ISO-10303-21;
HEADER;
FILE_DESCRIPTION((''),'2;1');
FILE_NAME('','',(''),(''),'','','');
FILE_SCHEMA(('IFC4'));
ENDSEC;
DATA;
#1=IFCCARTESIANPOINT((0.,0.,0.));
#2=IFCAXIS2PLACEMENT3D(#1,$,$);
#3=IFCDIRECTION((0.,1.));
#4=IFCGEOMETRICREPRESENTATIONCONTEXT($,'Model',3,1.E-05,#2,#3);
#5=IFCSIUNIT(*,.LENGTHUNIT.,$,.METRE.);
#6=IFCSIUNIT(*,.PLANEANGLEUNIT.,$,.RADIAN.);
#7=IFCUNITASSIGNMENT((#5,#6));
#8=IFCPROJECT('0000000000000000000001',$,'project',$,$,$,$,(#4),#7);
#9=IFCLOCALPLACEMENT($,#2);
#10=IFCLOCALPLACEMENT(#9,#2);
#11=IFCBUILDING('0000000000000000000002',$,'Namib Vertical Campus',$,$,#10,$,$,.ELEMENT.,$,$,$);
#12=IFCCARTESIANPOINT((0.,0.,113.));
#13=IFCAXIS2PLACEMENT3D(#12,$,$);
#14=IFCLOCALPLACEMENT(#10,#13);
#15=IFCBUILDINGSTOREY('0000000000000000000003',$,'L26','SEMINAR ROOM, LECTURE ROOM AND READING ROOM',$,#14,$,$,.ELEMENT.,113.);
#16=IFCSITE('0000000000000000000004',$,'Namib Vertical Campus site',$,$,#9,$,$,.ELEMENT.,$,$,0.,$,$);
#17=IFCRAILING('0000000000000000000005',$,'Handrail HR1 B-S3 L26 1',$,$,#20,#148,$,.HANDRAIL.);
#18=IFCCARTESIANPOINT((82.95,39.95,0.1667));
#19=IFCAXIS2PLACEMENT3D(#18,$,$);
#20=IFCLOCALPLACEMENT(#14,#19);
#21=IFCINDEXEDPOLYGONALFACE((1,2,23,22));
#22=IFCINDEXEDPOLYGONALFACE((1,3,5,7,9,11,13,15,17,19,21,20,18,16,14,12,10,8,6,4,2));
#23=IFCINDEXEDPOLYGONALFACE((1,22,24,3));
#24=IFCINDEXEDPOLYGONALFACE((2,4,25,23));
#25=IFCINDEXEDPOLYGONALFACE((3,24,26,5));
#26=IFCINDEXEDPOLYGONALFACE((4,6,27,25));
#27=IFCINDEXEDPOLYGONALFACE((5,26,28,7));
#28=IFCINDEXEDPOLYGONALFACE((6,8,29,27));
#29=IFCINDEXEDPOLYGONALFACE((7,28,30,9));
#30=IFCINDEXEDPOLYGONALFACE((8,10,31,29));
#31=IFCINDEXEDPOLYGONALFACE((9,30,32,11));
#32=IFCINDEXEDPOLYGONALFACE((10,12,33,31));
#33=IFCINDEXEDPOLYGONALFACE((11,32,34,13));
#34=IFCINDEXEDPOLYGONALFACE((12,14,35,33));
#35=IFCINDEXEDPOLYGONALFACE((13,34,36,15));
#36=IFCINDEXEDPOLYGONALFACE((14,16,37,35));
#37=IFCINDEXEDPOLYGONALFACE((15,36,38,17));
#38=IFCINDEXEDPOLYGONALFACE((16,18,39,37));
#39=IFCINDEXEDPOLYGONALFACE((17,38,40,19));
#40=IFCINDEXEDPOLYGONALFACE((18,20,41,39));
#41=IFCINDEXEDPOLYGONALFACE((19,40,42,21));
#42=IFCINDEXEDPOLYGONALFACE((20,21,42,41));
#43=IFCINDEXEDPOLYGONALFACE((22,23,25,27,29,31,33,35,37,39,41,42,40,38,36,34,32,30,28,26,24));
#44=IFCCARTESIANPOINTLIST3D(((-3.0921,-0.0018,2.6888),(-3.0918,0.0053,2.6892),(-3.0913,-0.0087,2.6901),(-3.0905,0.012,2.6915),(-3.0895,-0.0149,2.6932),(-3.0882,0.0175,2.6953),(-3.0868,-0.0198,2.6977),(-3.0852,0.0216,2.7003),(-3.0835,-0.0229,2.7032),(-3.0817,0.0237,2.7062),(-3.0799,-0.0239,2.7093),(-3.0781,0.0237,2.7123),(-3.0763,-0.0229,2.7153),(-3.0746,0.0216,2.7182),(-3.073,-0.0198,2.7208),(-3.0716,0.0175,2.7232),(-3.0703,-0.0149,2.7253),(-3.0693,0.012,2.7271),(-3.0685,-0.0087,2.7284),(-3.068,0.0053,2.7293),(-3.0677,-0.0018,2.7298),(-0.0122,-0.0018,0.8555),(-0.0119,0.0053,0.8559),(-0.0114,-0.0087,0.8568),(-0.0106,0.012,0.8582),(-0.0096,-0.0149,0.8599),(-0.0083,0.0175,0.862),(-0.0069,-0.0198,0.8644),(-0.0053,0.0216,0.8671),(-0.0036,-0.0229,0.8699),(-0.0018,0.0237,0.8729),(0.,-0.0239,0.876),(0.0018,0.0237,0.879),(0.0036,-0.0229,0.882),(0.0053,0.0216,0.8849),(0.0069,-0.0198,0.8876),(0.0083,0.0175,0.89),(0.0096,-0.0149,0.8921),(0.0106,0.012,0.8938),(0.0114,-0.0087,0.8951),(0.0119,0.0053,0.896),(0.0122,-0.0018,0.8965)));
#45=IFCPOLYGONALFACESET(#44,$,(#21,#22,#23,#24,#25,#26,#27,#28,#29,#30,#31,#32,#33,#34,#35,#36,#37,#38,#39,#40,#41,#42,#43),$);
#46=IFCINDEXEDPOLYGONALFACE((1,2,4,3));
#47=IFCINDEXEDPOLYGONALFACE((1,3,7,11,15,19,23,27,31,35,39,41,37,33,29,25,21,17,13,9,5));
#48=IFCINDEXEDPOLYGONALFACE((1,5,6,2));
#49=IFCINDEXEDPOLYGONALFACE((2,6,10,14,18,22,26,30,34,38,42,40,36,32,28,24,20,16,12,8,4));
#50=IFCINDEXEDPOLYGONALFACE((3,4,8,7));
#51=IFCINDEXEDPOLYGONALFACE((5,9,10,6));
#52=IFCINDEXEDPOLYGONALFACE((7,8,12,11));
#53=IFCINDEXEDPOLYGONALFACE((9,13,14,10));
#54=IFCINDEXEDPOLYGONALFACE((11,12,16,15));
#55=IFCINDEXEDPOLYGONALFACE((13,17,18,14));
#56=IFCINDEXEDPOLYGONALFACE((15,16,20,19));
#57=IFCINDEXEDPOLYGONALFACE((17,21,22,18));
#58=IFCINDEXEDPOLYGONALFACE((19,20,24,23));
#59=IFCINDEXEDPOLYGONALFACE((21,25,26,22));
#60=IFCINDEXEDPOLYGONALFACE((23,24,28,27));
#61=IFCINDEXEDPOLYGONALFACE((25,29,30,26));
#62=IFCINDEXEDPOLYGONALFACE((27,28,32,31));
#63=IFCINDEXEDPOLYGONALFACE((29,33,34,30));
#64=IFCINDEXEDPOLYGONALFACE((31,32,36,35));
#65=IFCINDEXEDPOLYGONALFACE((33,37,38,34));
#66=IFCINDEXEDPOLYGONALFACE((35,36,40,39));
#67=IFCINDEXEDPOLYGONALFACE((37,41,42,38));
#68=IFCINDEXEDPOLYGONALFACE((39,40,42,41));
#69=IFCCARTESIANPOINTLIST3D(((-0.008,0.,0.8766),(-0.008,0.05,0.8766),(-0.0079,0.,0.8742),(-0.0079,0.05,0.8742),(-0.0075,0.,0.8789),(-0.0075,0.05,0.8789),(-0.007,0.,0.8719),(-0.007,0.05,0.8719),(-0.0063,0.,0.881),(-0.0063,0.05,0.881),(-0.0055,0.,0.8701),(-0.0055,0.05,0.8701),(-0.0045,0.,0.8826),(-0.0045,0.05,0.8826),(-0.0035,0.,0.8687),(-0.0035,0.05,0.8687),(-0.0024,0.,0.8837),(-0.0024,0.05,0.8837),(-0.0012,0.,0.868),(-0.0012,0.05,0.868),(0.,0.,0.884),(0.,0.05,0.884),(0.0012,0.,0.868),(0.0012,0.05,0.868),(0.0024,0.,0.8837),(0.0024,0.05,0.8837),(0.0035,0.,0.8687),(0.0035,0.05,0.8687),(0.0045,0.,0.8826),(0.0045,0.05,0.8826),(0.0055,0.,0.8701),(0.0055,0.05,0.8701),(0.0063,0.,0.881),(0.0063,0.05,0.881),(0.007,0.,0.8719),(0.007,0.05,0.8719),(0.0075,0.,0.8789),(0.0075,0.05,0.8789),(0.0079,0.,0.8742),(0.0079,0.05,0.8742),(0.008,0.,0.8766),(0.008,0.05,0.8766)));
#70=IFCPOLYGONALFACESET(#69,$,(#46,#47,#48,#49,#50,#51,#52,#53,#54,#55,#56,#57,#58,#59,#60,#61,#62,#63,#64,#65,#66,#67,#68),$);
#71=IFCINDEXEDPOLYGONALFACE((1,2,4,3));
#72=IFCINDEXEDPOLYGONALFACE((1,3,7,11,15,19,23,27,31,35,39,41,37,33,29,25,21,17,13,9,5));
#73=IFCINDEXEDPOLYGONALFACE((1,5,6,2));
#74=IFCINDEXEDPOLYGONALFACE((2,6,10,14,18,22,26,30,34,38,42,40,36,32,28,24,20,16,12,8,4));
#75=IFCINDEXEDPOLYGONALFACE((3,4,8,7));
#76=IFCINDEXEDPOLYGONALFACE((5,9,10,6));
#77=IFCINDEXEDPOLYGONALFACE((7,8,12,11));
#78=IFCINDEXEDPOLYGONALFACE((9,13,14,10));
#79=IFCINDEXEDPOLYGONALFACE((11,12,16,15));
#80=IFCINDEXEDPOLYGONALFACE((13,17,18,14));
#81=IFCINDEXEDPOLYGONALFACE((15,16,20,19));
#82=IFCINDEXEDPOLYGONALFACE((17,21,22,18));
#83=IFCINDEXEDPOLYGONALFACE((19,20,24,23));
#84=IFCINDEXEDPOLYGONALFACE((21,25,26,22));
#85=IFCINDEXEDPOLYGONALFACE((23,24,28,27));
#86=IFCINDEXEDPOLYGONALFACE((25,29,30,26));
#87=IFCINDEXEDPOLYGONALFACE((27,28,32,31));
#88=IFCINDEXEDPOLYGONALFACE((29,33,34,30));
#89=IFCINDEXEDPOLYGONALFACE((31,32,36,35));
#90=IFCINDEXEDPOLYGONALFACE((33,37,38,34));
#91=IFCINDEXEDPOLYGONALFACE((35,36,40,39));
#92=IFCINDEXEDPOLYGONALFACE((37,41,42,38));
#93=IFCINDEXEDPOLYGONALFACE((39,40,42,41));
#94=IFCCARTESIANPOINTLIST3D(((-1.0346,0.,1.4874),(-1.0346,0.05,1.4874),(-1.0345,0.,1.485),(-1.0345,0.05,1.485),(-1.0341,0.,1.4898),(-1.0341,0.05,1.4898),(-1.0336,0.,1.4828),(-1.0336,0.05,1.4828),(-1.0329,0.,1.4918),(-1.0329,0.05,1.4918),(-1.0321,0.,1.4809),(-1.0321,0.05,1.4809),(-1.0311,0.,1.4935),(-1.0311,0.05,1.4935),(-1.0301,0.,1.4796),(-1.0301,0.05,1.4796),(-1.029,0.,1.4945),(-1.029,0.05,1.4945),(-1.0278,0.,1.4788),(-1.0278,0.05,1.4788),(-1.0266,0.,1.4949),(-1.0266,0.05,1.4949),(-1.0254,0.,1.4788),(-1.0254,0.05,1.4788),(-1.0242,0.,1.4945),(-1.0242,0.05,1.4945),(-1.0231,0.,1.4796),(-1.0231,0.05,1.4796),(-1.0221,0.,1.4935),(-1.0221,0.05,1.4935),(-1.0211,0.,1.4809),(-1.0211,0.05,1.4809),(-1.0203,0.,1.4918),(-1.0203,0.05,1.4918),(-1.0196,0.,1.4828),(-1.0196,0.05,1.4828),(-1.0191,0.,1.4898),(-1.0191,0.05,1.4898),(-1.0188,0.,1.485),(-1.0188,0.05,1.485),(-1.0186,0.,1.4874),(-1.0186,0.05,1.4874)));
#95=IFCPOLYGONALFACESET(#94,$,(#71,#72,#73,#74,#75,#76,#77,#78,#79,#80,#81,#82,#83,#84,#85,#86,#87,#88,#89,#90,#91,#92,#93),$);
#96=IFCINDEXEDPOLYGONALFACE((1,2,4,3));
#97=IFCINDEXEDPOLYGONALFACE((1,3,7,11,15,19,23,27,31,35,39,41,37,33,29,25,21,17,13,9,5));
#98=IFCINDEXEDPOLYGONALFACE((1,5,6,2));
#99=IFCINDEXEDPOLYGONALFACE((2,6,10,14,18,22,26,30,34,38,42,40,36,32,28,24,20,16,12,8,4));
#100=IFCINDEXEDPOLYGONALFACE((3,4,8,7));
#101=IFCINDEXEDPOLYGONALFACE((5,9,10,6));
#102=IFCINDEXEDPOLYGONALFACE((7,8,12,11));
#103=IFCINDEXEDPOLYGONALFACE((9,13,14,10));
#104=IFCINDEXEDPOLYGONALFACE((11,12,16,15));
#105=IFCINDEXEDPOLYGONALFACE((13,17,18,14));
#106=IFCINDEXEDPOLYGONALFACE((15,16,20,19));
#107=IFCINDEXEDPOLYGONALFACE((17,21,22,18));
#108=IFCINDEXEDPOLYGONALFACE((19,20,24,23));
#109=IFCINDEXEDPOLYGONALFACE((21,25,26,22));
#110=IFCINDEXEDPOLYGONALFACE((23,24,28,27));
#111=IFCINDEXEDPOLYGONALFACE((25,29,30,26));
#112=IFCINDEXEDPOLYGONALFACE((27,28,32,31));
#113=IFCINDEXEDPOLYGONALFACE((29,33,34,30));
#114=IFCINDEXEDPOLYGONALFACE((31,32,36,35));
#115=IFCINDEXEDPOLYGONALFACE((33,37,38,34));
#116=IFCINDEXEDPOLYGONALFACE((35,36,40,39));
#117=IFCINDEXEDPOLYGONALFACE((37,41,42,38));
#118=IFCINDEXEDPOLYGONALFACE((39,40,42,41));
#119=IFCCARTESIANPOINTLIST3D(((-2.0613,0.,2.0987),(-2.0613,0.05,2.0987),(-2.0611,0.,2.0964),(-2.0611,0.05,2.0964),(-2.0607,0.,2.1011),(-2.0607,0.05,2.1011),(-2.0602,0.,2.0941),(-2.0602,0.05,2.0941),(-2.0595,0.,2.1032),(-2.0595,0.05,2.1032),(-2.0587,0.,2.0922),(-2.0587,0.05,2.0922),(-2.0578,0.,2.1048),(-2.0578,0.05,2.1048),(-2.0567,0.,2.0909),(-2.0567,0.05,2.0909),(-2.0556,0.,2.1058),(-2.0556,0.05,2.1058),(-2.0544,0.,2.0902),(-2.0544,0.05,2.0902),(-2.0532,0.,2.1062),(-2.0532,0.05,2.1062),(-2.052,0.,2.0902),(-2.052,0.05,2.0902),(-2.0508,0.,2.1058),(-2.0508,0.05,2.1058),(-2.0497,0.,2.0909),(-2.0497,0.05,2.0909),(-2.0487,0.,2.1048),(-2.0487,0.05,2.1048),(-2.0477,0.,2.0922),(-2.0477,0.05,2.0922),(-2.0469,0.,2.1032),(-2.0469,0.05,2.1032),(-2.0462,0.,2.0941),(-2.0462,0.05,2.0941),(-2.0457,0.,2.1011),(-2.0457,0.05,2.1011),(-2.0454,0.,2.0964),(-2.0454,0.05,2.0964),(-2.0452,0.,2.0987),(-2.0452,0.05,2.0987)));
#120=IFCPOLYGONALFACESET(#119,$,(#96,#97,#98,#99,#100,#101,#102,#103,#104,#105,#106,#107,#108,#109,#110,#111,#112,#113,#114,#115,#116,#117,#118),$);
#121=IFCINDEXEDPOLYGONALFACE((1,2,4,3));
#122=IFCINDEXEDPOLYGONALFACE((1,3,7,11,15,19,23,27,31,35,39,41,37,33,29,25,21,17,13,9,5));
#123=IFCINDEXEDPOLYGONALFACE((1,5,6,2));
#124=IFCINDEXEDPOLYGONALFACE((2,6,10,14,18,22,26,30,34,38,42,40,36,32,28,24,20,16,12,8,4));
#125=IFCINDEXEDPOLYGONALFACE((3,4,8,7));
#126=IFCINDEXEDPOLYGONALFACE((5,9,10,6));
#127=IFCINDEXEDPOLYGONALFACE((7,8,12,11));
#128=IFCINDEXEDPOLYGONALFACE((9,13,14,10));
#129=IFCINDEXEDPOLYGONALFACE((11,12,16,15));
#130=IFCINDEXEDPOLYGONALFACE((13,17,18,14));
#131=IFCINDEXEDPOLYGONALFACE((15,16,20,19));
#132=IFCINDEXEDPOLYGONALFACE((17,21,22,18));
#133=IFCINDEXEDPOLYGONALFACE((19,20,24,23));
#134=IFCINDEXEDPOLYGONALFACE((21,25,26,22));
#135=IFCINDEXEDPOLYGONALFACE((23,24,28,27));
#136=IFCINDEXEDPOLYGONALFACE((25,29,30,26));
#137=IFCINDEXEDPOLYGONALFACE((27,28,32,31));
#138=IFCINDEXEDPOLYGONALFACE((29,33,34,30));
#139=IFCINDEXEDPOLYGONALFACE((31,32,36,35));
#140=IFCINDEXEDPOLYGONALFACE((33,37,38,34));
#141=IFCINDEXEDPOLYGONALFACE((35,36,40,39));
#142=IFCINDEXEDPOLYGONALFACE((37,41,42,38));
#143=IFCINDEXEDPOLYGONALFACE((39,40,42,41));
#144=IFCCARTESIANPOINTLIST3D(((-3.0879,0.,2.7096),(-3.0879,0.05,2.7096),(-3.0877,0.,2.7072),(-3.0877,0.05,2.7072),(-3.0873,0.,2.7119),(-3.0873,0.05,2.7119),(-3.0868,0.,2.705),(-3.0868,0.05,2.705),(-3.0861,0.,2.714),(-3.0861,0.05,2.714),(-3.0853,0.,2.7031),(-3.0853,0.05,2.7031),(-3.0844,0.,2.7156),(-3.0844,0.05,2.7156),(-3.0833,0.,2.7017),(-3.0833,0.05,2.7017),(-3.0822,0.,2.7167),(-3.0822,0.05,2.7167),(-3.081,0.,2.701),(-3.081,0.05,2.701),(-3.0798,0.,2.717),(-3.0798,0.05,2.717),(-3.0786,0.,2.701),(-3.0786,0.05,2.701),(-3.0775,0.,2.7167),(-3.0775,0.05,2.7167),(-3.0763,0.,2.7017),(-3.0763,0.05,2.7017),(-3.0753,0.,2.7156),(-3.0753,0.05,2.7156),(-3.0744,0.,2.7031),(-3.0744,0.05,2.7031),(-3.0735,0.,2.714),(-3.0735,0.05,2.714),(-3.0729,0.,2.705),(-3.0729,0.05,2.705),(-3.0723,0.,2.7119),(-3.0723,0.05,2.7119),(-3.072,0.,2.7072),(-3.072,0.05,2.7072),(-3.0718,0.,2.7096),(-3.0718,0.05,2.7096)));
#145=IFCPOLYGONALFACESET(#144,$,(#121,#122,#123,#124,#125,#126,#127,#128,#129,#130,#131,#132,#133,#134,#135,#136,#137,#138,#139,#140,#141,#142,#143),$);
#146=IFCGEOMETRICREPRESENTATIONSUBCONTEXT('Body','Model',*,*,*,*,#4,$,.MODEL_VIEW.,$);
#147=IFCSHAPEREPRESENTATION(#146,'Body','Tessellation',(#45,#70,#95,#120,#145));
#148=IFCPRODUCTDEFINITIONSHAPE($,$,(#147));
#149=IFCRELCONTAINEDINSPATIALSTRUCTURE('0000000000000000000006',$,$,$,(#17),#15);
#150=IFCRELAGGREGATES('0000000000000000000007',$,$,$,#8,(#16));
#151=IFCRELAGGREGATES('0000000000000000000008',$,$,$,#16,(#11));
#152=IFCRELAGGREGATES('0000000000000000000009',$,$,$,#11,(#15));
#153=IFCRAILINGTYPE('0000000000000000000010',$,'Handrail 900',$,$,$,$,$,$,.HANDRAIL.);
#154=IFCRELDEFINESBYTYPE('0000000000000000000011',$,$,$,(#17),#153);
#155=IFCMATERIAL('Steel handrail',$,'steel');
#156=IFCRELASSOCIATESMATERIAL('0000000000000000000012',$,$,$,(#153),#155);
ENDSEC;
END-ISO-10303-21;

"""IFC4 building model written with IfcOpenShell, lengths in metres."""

from ifc_helpers import new_model, si_unit, direction, frame, origin, origin_2d, place, context, subcontext, project, spatial, circle, extrude, material, type_object, element, save


model = new_model("IFC4")

# Units and contexts
model_context = context("Model", 3, precision=1e-05, world=origin(), true_north=direction((0.0, 1.0)))
body_context = subcontext(model_context, "Body", "Model", "MODEL_VIEW")
ifc_project = project(units=[si_unit("LENGTHUNIT", "METRE"), si_unit("PLANEANGLEUNIT", "RADIAN")], contexts=[model_context])

# Site, building, storey
site_placement = place(None, origin())
site = spatial("IfcSite", under=ifc_project, at=site_placement, Name="Namib Vertical Campus site", CompositionType="ELEMENT", RefElevation=0.0)
building_placement = place(site_placement, origin())
building = spatial("IfcBuilding", under=site, at=building_placement, Name="Namib Vertical Campus", CompositionType="ELEMENT")
storey_placement = place(building_placement, frame((0.0, 0.0, 113.0)))
storey = spatial("IfcBuildingStorey", under=building, at=storey_placement, Name="L26", Description="SEMINAR ROOM, LECTURE ROOM AND READING ROOM", CompositionType="ELEMENT", Elevation=113.0)

# Railing
ifc_material_1 = material(Name="Steel handrail", Category="steel")
railing_type_1 = type_object("IfcRailingType", Name="Handrail 900", PredefinedType="HANDRAIL", material=ifc_material_1)
railing_1_placement = place(storey_placement, frame((82.95, 39.95, 0.1667)))
element("IfcRailing", 1, at=railing_1_placement, inside=storey, type_object=railing_type_1, Name="Handrail HR1 B-S3 L26 1", PredefinedType="HANDRAIL", context=body_context, shape_type="SweptSolid", body=[
    extrude(circle(Radius=0.0239, at=origin_2d()), frame((0.0, 0.0, 0.876), z_axis=(-0.859291, 0.0, 0.511487), x_axis=(0.0, -1.0, 0.0)), (0.0, 0.0, 1.0), 3.5842),
    extrude(circle(Radius=0.0081, at=origin_2d()), frame((0.0, 0.0, 0.876), z_axis=(0.0, 1.0, 0.0), x_axis=(0.0, 0.0, 1.0)), (0.0, 0.0, 1.0), 0.05),
    extrude(circle(Radius=0.0081, at=origin_2d()), frame((-1.0266, 0.0, 1.4868), z_axis=(0.0, 1.0, 0.0), x_axis=(0.0, 0.0, 1.0)), (0.0, 0.0, 1.0), 0.05),
    extrude(circle(Radius=0.0081, at=origin_2d()), frame((-2.0532, 0.0, 2.0981), z_axis=(0.0, 1.0, 0.0), x_axis=(0.0, 0.0, 1.0)), (0.0, 0.0, 1.0), 0.05),
    extrude(circle(Radius=0.0081, at=origin_2d()), frame((-3.0798, 0.0, 2.709), z_axis=(0.0, 1.0, 0.0), x_axis=(0.0, 0.0, 1.0)), (0.0, 0.0, 1.0), 0.05),
])

save(model, "model.ifc")
